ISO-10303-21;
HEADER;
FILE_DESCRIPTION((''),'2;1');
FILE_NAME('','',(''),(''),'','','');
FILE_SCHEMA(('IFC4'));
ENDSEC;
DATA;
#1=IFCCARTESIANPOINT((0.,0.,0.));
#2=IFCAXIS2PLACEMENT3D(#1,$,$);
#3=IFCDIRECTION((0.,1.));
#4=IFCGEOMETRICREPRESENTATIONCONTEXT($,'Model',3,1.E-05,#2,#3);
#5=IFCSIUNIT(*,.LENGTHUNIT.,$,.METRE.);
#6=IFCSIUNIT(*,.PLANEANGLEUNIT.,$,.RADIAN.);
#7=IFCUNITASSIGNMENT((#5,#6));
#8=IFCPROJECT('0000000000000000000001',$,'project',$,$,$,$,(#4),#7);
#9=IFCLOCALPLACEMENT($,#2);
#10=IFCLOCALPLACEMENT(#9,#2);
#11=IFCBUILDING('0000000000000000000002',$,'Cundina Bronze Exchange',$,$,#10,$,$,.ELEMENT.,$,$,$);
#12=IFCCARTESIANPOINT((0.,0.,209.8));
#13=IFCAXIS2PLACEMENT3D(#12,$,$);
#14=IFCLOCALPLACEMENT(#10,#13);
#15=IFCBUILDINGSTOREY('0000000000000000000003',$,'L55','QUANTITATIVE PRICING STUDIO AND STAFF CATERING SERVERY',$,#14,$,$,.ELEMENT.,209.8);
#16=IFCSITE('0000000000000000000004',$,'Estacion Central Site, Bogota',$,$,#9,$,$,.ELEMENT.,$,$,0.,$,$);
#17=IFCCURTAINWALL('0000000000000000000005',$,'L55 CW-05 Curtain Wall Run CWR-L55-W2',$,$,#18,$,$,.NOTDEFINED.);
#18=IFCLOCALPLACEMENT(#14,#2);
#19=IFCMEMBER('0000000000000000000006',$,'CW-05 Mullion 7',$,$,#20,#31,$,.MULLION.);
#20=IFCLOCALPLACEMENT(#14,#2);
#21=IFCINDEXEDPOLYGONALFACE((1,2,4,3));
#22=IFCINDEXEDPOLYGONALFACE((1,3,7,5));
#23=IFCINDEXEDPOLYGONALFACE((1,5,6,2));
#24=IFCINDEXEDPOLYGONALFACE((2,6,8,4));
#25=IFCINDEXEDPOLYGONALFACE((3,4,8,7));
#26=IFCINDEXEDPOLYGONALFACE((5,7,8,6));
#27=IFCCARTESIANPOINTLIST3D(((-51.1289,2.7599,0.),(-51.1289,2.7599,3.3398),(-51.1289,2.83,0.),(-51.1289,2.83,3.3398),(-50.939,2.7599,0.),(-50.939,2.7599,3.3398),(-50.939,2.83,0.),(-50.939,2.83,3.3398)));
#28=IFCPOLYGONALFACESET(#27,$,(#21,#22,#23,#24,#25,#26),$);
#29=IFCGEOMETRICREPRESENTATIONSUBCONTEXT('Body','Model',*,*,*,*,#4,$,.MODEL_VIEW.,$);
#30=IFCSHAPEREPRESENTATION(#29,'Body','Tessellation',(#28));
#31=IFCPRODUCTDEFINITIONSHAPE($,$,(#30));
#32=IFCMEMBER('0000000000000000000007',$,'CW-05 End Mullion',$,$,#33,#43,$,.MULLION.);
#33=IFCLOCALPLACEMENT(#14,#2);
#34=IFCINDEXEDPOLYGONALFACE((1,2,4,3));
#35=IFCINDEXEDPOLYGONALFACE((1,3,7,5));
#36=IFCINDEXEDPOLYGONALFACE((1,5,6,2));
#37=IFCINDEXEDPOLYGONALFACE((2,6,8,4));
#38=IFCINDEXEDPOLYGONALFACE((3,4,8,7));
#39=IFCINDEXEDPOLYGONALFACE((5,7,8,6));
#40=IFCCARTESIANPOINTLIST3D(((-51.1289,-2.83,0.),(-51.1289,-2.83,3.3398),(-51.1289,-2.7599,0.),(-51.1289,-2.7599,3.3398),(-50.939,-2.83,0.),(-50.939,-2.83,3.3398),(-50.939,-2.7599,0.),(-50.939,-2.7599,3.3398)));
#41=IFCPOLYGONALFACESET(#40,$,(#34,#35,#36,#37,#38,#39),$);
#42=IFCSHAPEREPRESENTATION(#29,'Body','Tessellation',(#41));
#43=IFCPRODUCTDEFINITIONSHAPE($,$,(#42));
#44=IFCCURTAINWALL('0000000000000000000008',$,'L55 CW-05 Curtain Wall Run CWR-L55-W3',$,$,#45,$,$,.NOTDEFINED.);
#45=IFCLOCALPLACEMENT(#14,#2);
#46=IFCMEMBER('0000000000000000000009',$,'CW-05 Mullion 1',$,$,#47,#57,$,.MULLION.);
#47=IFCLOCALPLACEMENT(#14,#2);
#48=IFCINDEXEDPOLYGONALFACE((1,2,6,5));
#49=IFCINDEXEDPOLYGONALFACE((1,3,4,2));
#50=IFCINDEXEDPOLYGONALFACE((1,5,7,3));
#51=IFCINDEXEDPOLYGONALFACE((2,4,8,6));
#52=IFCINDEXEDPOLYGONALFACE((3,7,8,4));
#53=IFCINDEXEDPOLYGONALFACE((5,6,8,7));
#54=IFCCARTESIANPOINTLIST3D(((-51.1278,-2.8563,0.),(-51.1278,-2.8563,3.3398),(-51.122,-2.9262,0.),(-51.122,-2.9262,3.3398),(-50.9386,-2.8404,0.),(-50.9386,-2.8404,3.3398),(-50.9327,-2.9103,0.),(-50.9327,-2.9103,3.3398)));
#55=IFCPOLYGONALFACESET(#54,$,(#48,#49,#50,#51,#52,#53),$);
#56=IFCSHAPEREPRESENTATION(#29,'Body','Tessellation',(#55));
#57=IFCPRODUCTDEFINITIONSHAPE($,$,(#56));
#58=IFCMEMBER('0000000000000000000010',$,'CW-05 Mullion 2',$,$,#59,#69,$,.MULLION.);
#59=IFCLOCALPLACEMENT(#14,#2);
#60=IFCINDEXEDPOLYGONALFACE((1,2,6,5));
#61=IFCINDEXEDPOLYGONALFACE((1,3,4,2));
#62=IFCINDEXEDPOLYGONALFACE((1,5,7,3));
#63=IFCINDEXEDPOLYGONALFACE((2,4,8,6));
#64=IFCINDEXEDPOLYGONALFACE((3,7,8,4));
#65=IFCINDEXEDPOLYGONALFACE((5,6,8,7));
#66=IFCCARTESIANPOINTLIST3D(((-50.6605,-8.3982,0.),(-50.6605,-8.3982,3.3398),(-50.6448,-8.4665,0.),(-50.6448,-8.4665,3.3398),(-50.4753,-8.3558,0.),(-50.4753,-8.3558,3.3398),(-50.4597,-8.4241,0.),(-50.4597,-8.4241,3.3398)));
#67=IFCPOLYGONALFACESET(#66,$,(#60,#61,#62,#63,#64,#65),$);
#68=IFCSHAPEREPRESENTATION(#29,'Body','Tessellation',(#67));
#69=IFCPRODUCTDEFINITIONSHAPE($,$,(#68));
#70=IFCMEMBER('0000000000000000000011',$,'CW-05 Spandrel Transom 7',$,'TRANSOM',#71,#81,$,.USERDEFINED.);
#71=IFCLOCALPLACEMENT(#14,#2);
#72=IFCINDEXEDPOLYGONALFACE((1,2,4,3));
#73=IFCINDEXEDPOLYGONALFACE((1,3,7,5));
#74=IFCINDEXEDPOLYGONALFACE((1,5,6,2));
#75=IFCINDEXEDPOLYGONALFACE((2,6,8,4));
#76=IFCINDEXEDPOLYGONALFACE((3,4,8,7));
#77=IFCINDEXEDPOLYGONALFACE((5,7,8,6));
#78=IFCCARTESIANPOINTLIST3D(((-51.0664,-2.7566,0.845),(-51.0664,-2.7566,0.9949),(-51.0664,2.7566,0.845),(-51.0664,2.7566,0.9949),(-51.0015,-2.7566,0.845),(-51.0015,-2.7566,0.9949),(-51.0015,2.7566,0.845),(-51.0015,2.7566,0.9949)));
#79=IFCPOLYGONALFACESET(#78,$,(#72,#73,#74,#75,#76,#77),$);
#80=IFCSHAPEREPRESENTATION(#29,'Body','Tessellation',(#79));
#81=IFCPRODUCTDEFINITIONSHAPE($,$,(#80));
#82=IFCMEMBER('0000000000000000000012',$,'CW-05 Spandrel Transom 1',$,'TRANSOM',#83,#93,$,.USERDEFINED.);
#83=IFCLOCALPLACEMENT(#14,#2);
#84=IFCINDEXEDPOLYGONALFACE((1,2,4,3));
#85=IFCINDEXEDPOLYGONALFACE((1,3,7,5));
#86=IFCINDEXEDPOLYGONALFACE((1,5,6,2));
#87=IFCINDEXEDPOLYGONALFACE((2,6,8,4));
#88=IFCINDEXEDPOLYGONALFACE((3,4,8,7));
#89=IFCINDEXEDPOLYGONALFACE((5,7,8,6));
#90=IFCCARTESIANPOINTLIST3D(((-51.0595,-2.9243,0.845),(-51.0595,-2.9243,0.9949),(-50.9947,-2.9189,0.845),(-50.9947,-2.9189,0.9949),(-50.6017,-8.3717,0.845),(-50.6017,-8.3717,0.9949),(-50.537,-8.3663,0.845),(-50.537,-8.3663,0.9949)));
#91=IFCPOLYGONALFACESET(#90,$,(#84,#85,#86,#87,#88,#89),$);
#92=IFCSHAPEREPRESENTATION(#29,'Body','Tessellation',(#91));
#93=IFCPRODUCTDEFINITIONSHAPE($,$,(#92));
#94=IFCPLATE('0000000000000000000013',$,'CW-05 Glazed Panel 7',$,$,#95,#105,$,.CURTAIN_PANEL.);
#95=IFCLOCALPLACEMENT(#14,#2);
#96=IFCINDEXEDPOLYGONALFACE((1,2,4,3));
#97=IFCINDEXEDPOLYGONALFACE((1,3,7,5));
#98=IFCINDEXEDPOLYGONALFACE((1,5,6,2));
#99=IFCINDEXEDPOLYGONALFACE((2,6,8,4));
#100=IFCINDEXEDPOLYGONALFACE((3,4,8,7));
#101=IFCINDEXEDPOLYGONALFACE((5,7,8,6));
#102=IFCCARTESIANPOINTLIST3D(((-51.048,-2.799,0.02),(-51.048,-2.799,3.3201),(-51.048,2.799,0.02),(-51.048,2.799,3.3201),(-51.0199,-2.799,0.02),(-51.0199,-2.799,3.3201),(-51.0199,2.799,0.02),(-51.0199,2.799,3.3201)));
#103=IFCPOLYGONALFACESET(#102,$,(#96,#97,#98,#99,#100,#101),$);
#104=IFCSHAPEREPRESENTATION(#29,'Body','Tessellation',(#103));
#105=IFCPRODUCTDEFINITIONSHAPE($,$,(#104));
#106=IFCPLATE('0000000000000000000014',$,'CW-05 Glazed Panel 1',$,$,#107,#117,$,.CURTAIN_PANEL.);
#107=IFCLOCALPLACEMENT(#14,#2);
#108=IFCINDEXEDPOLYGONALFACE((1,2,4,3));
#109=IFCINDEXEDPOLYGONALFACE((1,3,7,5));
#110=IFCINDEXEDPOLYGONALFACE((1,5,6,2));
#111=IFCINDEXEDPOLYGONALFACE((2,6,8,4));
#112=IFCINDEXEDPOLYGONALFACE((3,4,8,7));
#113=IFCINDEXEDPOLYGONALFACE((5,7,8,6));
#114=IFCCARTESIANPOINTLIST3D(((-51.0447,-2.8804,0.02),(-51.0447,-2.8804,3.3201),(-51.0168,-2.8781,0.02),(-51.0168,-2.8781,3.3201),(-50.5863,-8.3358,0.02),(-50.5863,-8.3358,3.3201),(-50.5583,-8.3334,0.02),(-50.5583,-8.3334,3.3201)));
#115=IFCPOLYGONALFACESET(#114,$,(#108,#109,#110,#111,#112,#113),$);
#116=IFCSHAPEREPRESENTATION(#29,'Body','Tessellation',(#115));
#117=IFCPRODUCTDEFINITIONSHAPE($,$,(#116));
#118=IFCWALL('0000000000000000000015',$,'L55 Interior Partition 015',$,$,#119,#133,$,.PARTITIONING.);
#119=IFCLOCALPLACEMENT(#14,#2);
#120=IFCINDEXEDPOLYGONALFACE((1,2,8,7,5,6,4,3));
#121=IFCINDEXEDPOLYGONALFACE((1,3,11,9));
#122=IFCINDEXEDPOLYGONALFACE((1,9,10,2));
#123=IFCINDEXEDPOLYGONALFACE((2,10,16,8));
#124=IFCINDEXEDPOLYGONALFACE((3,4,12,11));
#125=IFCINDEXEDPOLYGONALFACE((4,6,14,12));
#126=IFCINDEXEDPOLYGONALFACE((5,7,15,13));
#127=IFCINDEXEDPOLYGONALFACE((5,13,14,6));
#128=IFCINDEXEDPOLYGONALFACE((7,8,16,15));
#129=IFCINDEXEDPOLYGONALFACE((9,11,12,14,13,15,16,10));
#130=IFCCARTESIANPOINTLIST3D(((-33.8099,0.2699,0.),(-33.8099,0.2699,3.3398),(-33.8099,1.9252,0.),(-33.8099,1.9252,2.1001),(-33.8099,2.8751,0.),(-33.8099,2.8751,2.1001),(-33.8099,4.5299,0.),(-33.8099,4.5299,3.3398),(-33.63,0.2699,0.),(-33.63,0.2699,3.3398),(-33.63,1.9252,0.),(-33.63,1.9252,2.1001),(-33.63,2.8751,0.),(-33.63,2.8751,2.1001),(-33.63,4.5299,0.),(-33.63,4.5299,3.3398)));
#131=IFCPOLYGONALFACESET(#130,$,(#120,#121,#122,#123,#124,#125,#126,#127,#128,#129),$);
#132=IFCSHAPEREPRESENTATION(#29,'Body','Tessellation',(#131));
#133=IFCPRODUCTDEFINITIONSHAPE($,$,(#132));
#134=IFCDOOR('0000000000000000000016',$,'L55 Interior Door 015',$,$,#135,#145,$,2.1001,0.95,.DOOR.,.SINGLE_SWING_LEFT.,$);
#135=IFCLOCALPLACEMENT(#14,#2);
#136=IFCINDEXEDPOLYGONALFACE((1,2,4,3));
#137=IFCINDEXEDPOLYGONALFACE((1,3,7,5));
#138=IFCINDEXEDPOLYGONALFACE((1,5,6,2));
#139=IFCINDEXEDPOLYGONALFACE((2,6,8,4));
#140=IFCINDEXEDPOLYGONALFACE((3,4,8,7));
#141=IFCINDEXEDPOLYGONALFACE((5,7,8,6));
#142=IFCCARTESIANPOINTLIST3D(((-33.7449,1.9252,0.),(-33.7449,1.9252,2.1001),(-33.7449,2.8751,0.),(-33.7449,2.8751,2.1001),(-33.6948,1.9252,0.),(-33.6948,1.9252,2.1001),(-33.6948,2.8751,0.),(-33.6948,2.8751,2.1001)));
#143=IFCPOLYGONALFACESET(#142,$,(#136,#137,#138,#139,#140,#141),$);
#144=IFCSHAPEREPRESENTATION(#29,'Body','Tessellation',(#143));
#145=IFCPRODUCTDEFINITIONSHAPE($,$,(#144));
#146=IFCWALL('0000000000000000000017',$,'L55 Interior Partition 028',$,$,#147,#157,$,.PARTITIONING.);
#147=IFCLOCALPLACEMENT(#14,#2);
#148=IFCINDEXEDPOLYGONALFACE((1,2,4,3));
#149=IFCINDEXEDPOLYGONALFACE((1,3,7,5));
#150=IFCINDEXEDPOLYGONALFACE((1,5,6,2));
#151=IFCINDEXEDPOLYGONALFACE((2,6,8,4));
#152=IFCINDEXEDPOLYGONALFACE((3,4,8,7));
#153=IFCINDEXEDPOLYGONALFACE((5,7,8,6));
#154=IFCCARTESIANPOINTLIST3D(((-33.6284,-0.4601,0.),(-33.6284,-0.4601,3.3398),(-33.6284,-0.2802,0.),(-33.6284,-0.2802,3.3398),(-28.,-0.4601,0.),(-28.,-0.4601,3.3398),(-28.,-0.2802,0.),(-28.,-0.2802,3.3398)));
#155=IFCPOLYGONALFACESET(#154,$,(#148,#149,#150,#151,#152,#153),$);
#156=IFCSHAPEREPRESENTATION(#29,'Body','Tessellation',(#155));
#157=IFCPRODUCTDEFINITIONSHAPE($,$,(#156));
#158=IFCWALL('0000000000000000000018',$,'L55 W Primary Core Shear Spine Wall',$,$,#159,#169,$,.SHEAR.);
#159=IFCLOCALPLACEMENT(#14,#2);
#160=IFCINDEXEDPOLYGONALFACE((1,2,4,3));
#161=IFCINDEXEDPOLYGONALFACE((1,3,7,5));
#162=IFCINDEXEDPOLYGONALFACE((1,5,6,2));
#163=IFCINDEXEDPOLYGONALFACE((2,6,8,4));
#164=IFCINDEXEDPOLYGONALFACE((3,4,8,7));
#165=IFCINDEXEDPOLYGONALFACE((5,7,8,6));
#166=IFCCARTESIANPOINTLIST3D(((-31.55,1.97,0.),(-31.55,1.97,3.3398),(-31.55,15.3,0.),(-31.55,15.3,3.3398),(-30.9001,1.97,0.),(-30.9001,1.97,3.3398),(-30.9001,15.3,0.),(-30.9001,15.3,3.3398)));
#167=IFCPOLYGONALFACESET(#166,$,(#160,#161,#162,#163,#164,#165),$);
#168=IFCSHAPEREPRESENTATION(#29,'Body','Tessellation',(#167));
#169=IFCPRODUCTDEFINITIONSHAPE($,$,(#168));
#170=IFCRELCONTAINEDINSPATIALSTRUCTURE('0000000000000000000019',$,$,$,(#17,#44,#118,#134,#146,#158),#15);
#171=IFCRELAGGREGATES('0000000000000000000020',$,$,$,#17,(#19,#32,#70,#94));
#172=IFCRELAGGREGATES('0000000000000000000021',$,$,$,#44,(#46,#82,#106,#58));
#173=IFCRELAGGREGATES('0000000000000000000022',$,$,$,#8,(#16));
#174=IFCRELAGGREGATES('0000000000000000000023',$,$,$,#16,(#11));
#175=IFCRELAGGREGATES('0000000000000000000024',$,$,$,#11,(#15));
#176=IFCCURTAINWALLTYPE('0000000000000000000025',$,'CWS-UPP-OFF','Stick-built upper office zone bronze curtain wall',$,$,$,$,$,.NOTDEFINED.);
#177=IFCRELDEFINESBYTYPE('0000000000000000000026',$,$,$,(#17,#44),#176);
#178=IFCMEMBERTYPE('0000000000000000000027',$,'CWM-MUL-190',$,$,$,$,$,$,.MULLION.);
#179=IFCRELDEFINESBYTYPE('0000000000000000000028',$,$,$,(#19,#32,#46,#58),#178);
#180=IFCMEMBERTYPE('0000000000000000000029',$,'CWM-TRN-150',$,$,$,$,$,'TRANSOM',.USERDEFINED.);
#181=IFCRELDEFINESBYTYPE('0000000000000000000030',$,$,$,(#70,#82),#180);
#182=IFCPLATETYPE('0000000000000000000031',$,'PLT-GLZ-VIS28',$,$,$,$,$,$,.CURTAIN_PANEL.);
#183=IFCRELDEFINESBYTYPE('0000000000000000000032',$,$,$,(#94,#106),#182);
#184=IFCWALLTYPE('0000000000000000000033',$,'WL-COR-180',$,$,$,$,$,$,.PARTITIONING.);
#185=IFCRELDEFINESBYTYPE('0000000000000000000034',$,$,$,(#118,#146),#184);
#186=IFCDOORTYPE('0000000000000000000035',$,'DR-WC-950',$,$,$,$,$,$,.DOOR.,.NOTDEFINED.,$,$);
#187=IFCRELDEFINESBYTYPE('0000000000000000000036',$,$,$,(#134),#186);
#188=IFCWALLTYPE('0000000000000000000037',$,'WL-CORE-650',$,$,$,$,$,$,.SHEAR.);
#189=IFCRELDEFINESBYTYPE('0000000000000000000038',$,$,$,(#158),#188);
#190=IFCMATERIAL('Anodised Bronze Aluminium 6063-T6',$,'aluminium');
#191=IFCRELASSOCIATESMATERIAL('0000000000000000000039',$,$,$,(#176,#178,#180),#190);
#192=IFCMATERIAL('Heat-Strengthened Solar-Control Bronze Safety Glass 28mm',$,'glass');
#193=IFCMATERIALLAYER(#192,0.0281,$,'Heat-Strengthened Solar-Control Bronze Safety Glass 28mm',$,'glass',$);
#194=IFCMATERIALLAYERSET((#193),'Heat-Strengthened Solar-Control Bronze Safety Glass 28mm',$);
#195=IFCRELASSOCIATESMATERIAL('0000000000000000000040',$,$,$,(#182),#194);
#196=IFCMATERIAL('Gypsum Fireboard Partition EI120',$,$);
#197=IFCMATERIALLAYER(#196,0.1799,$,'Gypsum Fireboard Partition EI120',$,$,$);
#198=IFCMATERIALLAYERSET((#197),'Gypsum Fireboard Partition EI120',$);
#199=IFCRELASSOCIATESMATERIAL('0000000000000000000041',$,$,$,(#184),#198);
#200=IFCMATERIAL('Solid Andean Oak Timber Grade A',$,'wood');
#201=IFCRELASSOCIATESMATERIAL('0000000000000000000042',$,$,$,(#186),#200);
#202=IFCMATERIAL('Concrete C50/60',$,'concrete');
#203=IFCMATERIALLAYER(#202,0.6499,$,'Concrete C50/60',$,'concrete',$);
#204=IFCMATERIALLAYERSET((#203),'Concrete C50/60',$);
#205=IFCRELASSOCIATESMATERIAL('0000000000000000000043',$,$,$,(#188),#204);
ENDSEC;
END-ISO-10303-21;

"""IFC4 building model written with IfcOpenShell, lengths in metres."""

from ifc_helpers import new_model, si_unit, direction, frame, frame_2d, origin, origin_2d, place, context, subcontext, project, spatial, rectangle, extrude, material, layer, layer_set, material_profile, profile_set, type_object, element, fill, aggregate, save


model = new_model("IFC4")

# Units and contexts
model_context = context("Model", 3, precision=1e-05, world=origin(), true_north=direction((0.0, 1.0)))
body_context = subcontext(model_context, "Body", "Model", "MODEL_VIEW")
ifc_project = project(units=[si_unit("LENGTHUNIT", "METRE"), si_unit("PLANEANGLEUNIT", "RADIAN")], contexts=[model_context])

# Site, building, storey
site_placement = place(None, origin())
site = spatial("IfcSite", under=ifc_project, at=site_placement, Name="Estacion Central Site, Bogota", CompositionType="ELEMENT", RefElevation=0.0)
building_placement = place(site_placement, origin())
building = spatial("IfcBuilding", under=site, at=building_placement, Name="Cundina Bronze Exchange", CompositionType="ELEMENT")
storey_placement = place(building_placement, frame((0.0, 0.0, 209.8)))
storey = spatial("IfcBuildingStorey", under=building, at=storey_placement, Name="L55", Description="QUANTITATIVE PRICING STUDIO AND STAFF CATERING SERVERY", CompositionType="ELEMENT", Elevation=209.8)

# Shared definitions
ifc_material_1 = material(Name="Concrete C50/60", Category="concrete")

# Curtain walls, members
ifc_material_2 = material(Name="Anodised Bronze Aluminium 6063-T6", Category="aluminium")
curtain_wall_type = type_object("IfcCurtainWallType", Name="CWS-UPP-OFF", Description="Stick-built upper office zone bronze curtain wall", PredefinedType="NOTDEFINED", material=ifc_material_2)
curtain_wall_1_placement = place(storey_placement, origin())
curtain_wall_1 = element("IfcCurtainWall", 1, at=curtain_wall_1_placement, inside=storey, type_object=curtain_wall_type, Name="L55 CW-05 Curtain Wall Run CWR-L55-W2", PredefinedType="NOTDEFINED")
ifc_material_profile_1 = material_profile(ifc_material_2, rectangle(XDim=0.0701, YDim=0.1899, at=origin_2d()), Name="AL70X190", Category="aluminium")
ifc_profile_set_1 = profile_set([ifc_material_profile_1], Name="Anodised Bronze Aluminium 6063-T6")
member_type_1 = type_object("IfcMemberType", Name="CWM-MUL-190", PredefinedType="MULLION", material=ifc_profile_set_1)
member_1_placement = place(storey_placement, frame((-51.0339, 2.7949, 0.0), z_axis=(0.0, 0.0, 1.0), x_axis=(0.0, -1.0, 0.0)))
member_1 = element("IfcMember", 2, at=member_1_placement, type_object=member_type_1, Name="CW-05 Mullion 7", PredefinedType="MULLION", context=body_context, shape_type="SweptSolid", body=[
    extrude(rectangle(XDim=0.0701, YDim=0.1899, at=origin_2d()), origin(), (0.0, 0.0, 1.0), 3.3398),
])
member_2_placement = place(storey_placement, frame((-51.0339, -2.7949, 0.0), z_axis=(0.0, 0.0, 1.0), x_axis=(0.0, -1.0, 0.0)))
member_2 = element("IfcMember", 3, at=member_2_placement, type_object=member_type_1, Name="CW-05 End Mullion", PredefinedType="MULLION", context=body_context, shape_type="SweptSolid", body=[
    extrude(rectangle(XDim=0.0701, YDim=0.1899, at=origin_2d()), origin(), (0.0, 0.0, 1.0), 3.3398),
])
curtain_wall_2_placement = place(storey_placement, origin())
curtain_wall_2 = element("IfcCurtainWall", 4, at=curtain_wall_2_placement, inside=storey, type_object=curtain_wall_type, Name="L55 CW-05 Curtain Wall Run CWR-L55-W3", PredefinedType="NOTDEFINED")
member_3_placement = place(storey_placement, frame((-51.0303, -2.8833, 0.0), z_axis=(0.0, 0.0, 1.0), x_axis=(0.083678, -0.996493, 0.0)))
member_3 = element("IfcMember", 5, at=member_3_placement, type_object=member_type_1, Name="CW-05 Mullion 1", PredefinedType="MULLION", context=body_context, shape_type="SweptSolid", body=[
    extrude(rectangle(XDim=0.0701, YDim=0.1899, at=origin_2d()), origin(), (0.0, 0.0, 1.0), 3.3398),
])
member_4_placement = place(storey_placement, frame((-50.5601, -8.4111, 0.0), z_axis=(0.0, 0.0, 1.0), x_axis=(0.22325, -0.974761, 0.0)))
member_4 = element("IfcMember", 6, at=member_4_placement, type_object=member_type_1, Name="CW-05 Mullion 2", PredefinedType="MULLION", context=body_context, shape_type="SweptSolid", body=[
    extrude(rectangle(XDim=0.0701, YDim=0.1899, at=origin_2d()), origin(), (0.0, 0.0, 1.0), 3.3398),
])

# Members
ifc_material_profile_2 = material_profile(ifc_material_2, rectangle(XDim=0.0649, YDim=0.1499, at=origin_2d()), Name="AL65X150", Category="aluminium")
ifc_profile_set_2 = profile_set([ifc_material_profile_2], Name="Anodised Bronze Aluminium 6063-T6")
member_type_2 = type_object("IfcMemberType", Name="CWM-TRN-150", ElementType="TRANSOM", PredefinedType="USERDEFINED", material=ifc_profile_set_2)
member_5_placement = place(storey_placement, frame((-51.0339, 2.7566, 0.9199), z_axis=(0.0, -1.0, 0.0), x_axis=(1.0, 0.0, 0.0)))
member_5 = element("IfcMember", 7, at=member_5_placement, type_object=member_type_2, Name="CW-05 Spandrel Transom 7", ObjectType="TRANSOM", PredefinedType="USERDEFINED", context=body_context, shape_type="SweptSolid", body=[
    extrude(rectangle(XDim=0.0649, YDim=0.1499, at=origin_2d()), origin(), (0.0, 0.0, 1.0), 5.5132),
])
member_6_placement = place(storey_placement, frame((-51.0271, -2.9216, 0.9199), z_axis=(0.08374, -0.996488, 0.0), x_axis=(0.996488, 0.08374, 0.0)))
member_6 = element("IfcMember", 8, at=member_6_placement, type_object=member_type_2, Name="CW-05 Spandrel Transom 1", ObjectType="TRANSOM", PredefinedType="USERDEFINED", context=body_context, shape_type="SweptSolid", body=[
    extrude(rectangle(XDim=0.0649, YDim=0.1499, at=origin_2d()), origin(), (0.0, 0.0, 1.0), 5.4666),
])

# Plates
ifc_material_3 = material(Name="Heat-Strengthened Solar-Control Bronze Safety Glass 28mm", Category="glass")
ifc_layer_1 = layer(ifc_material_3, 0.0281, Name="Heat-Strengthened Solar-Control Bronze Safety Glass 28mm", Category="glass")
ifc_layer_set_1 = layer_set([ifc_layer_1], Name="Heat-Strengthened Solar-Control Bronze Safety Glass 28mm")
plate_type = type_object("IfcPlateType", Name="PLT-GLZ-VIS28", PredefinedType="CURTAIN_PANEL", material=ifc_layer_set_1)
plate_1_placement = place(storey_placement, frame((-51.0339, 0.0, 0.02), z_axis=(0.0, 0.0, 1.0), x_axis=(0.0, -1.0, 0.0)))
plate_1 = element("IfcPlate", 9, at=plate_1_placement, type_object=plate_type, Name="CW-05 Glazed Panel 7", PredefinedType="CURTAIN_PANEL", context=body_context, shape_type="SweptSolid", body=[
    extrude(rectangle(XDim=5.5979, YDim=0.0281, at=origin_2d()), origin(), (0.0, 0.0, 1.0), 3.3),
])
aggregate(curtain_wall_1, [member_1, member_2, member_5, plate_1])
plate_2_placement = place(storey_placement, frame((-50.8015, -5.6069, 0.02), z_axis=(0.0, 0.0, 1.0), x_axis=(0.083747, -0.996487, 0.0)))
plate_2 = element("IfcPlate", 10, at=plate_2_placement, type_object=plate_type, Name="CW-05 Glazed Panel 1", PredefinedType="CURTAIN_PANEL", context=body_context, shape_type="SweptSolid", body=[
    extrude(rectangle(XDim=5.4746, YDim=0.0281, at=origin_2d()), origin(), (0.0, 0.0, 1.0), 3.3),
])
aggregate(curtain_wall_2, [member_3, member_6, plate_2, member_4])

# Wall, opening, door
ifc_material_4 = material(Name="Gypsum Fireboard Partition EI120")
ifc_layer_2 = layer(ifc_material_4, 0.1799, Name="Gypsum Fireboard Partition EI120")
ifc_layer_set_2 = layer_set([ifc_layer_2], Name="Gypsum Fireboard Partition EI120")
wall_type_1 = type_object("IfcWallType", Name="WL-COR-180", PredefinedType="PARTITIONING", material=ifc_layer_set_2)
wall_1_placement = place(storey_placement, frame((-33.72, 0.27, 0.0), z_axis=(0.0, 0.0, 1.0), x_axis=(0.0, 1.0, 0.0)))
wall_1 = element("IfcWall", 11, at=wall_1_placement, inside=storey, type_object=wall_type_1, Name="L55 Interior Partition 015", PredefinedType="PARTITIONING", context=body_context, shape_type="SweptSolid", body=[
    extrude(rectangle(XDim=4.26, YDim=0.1799, at=frame_2d((2.1299, 0.0))), origin(), (0.0, 0.0, 1.0), 3.3398),
])
opening_1_placement = place(wall_1_placement, frame((1.655, 0.0, 0.0)))
opening_1 = element("IfcOpeningElement", 12, at=opening_1_placement, cuts=wall_1, PredefinedType="OPENING", context=body_context, shape_type="SweptSolid", body=[
    extrude(rectangle(XDim=0.95, YDim=2.1001, at=frame_2d((0.4751, 1.05))), frame((0.0, 0.0999, 0.0), z_axis=(0.0, -1.0, 0.0), x_axis=(1.0, 0.0, 0.0)), (0.0, 0.0, 1.0), 0.2),
])
ifc_material_5 = material(Name="Solid Andean Oak Timber Grade A", Category="wood")
door_type_1 = type_object("IfcDoorType", Name="DR-WC-950", OperationType="NOTDEFINED", PredefinedType="DOOR", material=ifc_material_5)
door_1_placement = place(opening_1_placement, origin())
door_1 = element("IfcDoor", 13, at=door_1_placement, inside=storey, type_object=door_type_1, Name="L55 Interior Door 015", OperationType="SINGLE_SWING_LEFT", OverallHeight=2.1001, OverallWidth=0.95, PredefinedType="DOOR", context=body_context, shape_type="SweptSolid", body=[
    extrude(rectangle(XDim=0.95, YDim=2.1001, at=frame_2d((0.4751, 1.05))), frame((0.0, 0.0249, 0.0), z_axis=(0.0, -1.0, 0.0), x_axis=(1.0, 0.0, 0.0)), (0.0, 0.0, 1.0), 0.05),
])
fill(opening_1, door_1)

# Walls
wall_2_placement = place(storey_placement, frame((-33.6284, -0.3701, 0.0), z_axis=(0.0, 0.0, 1.0), x_axis=(1.0, 0.0, 0.0)))
element("IfcWall", 14, at=wall_2_placement, inside=storey, type_object=wall_type_1, Name="L55 Interior Partition 028", PredefinedType="PARTITIONING", context=body_context, shape_type="SweptSolid", body=[
    extrude(rectangle(XDim=5.6284, YDim=0.1799, at=frame_2d((2.8142, 0.0))), origin(), (0.0, 0.0, 1.0), 3.3398),
])
ifc_layer_3 = layer(ifc_material_1, 0.6499, Name="Concrete C50/60", Category="concrete")
ifc_layer_set_3 = layer_set([ifc_layer_3], Name="Concrete C50/60")
wall_type_2 = type_object("IfcWallType", Name="WL-CORE-650", PredefinedType="SHEAR", material=ifc_layer_set_3)
wall_3_placement = place(storey_placement, frame((-31.2251, 1.97, 0.0), z_axis=(0.0, 0.0, 1.0), x_axis=(0.0, 1.0, 0.0)))
element("IfcWall", 15, at=wall_3_placement, inside=storey, type_object=wall_type_2, Name="L55 W Primary Core Shear Spine Wall", PredefinedType="SHEAR", context=body_context, shape_type="SweptSolid", body=[
    extrude(rectangle(XDim=13.3301, YDim=0.6499, at=frame_2d((6.665, 0.0))), origin(), (0.0, 0.0, 1.0), 3.3398),
])

save(model, "model.ifc")
